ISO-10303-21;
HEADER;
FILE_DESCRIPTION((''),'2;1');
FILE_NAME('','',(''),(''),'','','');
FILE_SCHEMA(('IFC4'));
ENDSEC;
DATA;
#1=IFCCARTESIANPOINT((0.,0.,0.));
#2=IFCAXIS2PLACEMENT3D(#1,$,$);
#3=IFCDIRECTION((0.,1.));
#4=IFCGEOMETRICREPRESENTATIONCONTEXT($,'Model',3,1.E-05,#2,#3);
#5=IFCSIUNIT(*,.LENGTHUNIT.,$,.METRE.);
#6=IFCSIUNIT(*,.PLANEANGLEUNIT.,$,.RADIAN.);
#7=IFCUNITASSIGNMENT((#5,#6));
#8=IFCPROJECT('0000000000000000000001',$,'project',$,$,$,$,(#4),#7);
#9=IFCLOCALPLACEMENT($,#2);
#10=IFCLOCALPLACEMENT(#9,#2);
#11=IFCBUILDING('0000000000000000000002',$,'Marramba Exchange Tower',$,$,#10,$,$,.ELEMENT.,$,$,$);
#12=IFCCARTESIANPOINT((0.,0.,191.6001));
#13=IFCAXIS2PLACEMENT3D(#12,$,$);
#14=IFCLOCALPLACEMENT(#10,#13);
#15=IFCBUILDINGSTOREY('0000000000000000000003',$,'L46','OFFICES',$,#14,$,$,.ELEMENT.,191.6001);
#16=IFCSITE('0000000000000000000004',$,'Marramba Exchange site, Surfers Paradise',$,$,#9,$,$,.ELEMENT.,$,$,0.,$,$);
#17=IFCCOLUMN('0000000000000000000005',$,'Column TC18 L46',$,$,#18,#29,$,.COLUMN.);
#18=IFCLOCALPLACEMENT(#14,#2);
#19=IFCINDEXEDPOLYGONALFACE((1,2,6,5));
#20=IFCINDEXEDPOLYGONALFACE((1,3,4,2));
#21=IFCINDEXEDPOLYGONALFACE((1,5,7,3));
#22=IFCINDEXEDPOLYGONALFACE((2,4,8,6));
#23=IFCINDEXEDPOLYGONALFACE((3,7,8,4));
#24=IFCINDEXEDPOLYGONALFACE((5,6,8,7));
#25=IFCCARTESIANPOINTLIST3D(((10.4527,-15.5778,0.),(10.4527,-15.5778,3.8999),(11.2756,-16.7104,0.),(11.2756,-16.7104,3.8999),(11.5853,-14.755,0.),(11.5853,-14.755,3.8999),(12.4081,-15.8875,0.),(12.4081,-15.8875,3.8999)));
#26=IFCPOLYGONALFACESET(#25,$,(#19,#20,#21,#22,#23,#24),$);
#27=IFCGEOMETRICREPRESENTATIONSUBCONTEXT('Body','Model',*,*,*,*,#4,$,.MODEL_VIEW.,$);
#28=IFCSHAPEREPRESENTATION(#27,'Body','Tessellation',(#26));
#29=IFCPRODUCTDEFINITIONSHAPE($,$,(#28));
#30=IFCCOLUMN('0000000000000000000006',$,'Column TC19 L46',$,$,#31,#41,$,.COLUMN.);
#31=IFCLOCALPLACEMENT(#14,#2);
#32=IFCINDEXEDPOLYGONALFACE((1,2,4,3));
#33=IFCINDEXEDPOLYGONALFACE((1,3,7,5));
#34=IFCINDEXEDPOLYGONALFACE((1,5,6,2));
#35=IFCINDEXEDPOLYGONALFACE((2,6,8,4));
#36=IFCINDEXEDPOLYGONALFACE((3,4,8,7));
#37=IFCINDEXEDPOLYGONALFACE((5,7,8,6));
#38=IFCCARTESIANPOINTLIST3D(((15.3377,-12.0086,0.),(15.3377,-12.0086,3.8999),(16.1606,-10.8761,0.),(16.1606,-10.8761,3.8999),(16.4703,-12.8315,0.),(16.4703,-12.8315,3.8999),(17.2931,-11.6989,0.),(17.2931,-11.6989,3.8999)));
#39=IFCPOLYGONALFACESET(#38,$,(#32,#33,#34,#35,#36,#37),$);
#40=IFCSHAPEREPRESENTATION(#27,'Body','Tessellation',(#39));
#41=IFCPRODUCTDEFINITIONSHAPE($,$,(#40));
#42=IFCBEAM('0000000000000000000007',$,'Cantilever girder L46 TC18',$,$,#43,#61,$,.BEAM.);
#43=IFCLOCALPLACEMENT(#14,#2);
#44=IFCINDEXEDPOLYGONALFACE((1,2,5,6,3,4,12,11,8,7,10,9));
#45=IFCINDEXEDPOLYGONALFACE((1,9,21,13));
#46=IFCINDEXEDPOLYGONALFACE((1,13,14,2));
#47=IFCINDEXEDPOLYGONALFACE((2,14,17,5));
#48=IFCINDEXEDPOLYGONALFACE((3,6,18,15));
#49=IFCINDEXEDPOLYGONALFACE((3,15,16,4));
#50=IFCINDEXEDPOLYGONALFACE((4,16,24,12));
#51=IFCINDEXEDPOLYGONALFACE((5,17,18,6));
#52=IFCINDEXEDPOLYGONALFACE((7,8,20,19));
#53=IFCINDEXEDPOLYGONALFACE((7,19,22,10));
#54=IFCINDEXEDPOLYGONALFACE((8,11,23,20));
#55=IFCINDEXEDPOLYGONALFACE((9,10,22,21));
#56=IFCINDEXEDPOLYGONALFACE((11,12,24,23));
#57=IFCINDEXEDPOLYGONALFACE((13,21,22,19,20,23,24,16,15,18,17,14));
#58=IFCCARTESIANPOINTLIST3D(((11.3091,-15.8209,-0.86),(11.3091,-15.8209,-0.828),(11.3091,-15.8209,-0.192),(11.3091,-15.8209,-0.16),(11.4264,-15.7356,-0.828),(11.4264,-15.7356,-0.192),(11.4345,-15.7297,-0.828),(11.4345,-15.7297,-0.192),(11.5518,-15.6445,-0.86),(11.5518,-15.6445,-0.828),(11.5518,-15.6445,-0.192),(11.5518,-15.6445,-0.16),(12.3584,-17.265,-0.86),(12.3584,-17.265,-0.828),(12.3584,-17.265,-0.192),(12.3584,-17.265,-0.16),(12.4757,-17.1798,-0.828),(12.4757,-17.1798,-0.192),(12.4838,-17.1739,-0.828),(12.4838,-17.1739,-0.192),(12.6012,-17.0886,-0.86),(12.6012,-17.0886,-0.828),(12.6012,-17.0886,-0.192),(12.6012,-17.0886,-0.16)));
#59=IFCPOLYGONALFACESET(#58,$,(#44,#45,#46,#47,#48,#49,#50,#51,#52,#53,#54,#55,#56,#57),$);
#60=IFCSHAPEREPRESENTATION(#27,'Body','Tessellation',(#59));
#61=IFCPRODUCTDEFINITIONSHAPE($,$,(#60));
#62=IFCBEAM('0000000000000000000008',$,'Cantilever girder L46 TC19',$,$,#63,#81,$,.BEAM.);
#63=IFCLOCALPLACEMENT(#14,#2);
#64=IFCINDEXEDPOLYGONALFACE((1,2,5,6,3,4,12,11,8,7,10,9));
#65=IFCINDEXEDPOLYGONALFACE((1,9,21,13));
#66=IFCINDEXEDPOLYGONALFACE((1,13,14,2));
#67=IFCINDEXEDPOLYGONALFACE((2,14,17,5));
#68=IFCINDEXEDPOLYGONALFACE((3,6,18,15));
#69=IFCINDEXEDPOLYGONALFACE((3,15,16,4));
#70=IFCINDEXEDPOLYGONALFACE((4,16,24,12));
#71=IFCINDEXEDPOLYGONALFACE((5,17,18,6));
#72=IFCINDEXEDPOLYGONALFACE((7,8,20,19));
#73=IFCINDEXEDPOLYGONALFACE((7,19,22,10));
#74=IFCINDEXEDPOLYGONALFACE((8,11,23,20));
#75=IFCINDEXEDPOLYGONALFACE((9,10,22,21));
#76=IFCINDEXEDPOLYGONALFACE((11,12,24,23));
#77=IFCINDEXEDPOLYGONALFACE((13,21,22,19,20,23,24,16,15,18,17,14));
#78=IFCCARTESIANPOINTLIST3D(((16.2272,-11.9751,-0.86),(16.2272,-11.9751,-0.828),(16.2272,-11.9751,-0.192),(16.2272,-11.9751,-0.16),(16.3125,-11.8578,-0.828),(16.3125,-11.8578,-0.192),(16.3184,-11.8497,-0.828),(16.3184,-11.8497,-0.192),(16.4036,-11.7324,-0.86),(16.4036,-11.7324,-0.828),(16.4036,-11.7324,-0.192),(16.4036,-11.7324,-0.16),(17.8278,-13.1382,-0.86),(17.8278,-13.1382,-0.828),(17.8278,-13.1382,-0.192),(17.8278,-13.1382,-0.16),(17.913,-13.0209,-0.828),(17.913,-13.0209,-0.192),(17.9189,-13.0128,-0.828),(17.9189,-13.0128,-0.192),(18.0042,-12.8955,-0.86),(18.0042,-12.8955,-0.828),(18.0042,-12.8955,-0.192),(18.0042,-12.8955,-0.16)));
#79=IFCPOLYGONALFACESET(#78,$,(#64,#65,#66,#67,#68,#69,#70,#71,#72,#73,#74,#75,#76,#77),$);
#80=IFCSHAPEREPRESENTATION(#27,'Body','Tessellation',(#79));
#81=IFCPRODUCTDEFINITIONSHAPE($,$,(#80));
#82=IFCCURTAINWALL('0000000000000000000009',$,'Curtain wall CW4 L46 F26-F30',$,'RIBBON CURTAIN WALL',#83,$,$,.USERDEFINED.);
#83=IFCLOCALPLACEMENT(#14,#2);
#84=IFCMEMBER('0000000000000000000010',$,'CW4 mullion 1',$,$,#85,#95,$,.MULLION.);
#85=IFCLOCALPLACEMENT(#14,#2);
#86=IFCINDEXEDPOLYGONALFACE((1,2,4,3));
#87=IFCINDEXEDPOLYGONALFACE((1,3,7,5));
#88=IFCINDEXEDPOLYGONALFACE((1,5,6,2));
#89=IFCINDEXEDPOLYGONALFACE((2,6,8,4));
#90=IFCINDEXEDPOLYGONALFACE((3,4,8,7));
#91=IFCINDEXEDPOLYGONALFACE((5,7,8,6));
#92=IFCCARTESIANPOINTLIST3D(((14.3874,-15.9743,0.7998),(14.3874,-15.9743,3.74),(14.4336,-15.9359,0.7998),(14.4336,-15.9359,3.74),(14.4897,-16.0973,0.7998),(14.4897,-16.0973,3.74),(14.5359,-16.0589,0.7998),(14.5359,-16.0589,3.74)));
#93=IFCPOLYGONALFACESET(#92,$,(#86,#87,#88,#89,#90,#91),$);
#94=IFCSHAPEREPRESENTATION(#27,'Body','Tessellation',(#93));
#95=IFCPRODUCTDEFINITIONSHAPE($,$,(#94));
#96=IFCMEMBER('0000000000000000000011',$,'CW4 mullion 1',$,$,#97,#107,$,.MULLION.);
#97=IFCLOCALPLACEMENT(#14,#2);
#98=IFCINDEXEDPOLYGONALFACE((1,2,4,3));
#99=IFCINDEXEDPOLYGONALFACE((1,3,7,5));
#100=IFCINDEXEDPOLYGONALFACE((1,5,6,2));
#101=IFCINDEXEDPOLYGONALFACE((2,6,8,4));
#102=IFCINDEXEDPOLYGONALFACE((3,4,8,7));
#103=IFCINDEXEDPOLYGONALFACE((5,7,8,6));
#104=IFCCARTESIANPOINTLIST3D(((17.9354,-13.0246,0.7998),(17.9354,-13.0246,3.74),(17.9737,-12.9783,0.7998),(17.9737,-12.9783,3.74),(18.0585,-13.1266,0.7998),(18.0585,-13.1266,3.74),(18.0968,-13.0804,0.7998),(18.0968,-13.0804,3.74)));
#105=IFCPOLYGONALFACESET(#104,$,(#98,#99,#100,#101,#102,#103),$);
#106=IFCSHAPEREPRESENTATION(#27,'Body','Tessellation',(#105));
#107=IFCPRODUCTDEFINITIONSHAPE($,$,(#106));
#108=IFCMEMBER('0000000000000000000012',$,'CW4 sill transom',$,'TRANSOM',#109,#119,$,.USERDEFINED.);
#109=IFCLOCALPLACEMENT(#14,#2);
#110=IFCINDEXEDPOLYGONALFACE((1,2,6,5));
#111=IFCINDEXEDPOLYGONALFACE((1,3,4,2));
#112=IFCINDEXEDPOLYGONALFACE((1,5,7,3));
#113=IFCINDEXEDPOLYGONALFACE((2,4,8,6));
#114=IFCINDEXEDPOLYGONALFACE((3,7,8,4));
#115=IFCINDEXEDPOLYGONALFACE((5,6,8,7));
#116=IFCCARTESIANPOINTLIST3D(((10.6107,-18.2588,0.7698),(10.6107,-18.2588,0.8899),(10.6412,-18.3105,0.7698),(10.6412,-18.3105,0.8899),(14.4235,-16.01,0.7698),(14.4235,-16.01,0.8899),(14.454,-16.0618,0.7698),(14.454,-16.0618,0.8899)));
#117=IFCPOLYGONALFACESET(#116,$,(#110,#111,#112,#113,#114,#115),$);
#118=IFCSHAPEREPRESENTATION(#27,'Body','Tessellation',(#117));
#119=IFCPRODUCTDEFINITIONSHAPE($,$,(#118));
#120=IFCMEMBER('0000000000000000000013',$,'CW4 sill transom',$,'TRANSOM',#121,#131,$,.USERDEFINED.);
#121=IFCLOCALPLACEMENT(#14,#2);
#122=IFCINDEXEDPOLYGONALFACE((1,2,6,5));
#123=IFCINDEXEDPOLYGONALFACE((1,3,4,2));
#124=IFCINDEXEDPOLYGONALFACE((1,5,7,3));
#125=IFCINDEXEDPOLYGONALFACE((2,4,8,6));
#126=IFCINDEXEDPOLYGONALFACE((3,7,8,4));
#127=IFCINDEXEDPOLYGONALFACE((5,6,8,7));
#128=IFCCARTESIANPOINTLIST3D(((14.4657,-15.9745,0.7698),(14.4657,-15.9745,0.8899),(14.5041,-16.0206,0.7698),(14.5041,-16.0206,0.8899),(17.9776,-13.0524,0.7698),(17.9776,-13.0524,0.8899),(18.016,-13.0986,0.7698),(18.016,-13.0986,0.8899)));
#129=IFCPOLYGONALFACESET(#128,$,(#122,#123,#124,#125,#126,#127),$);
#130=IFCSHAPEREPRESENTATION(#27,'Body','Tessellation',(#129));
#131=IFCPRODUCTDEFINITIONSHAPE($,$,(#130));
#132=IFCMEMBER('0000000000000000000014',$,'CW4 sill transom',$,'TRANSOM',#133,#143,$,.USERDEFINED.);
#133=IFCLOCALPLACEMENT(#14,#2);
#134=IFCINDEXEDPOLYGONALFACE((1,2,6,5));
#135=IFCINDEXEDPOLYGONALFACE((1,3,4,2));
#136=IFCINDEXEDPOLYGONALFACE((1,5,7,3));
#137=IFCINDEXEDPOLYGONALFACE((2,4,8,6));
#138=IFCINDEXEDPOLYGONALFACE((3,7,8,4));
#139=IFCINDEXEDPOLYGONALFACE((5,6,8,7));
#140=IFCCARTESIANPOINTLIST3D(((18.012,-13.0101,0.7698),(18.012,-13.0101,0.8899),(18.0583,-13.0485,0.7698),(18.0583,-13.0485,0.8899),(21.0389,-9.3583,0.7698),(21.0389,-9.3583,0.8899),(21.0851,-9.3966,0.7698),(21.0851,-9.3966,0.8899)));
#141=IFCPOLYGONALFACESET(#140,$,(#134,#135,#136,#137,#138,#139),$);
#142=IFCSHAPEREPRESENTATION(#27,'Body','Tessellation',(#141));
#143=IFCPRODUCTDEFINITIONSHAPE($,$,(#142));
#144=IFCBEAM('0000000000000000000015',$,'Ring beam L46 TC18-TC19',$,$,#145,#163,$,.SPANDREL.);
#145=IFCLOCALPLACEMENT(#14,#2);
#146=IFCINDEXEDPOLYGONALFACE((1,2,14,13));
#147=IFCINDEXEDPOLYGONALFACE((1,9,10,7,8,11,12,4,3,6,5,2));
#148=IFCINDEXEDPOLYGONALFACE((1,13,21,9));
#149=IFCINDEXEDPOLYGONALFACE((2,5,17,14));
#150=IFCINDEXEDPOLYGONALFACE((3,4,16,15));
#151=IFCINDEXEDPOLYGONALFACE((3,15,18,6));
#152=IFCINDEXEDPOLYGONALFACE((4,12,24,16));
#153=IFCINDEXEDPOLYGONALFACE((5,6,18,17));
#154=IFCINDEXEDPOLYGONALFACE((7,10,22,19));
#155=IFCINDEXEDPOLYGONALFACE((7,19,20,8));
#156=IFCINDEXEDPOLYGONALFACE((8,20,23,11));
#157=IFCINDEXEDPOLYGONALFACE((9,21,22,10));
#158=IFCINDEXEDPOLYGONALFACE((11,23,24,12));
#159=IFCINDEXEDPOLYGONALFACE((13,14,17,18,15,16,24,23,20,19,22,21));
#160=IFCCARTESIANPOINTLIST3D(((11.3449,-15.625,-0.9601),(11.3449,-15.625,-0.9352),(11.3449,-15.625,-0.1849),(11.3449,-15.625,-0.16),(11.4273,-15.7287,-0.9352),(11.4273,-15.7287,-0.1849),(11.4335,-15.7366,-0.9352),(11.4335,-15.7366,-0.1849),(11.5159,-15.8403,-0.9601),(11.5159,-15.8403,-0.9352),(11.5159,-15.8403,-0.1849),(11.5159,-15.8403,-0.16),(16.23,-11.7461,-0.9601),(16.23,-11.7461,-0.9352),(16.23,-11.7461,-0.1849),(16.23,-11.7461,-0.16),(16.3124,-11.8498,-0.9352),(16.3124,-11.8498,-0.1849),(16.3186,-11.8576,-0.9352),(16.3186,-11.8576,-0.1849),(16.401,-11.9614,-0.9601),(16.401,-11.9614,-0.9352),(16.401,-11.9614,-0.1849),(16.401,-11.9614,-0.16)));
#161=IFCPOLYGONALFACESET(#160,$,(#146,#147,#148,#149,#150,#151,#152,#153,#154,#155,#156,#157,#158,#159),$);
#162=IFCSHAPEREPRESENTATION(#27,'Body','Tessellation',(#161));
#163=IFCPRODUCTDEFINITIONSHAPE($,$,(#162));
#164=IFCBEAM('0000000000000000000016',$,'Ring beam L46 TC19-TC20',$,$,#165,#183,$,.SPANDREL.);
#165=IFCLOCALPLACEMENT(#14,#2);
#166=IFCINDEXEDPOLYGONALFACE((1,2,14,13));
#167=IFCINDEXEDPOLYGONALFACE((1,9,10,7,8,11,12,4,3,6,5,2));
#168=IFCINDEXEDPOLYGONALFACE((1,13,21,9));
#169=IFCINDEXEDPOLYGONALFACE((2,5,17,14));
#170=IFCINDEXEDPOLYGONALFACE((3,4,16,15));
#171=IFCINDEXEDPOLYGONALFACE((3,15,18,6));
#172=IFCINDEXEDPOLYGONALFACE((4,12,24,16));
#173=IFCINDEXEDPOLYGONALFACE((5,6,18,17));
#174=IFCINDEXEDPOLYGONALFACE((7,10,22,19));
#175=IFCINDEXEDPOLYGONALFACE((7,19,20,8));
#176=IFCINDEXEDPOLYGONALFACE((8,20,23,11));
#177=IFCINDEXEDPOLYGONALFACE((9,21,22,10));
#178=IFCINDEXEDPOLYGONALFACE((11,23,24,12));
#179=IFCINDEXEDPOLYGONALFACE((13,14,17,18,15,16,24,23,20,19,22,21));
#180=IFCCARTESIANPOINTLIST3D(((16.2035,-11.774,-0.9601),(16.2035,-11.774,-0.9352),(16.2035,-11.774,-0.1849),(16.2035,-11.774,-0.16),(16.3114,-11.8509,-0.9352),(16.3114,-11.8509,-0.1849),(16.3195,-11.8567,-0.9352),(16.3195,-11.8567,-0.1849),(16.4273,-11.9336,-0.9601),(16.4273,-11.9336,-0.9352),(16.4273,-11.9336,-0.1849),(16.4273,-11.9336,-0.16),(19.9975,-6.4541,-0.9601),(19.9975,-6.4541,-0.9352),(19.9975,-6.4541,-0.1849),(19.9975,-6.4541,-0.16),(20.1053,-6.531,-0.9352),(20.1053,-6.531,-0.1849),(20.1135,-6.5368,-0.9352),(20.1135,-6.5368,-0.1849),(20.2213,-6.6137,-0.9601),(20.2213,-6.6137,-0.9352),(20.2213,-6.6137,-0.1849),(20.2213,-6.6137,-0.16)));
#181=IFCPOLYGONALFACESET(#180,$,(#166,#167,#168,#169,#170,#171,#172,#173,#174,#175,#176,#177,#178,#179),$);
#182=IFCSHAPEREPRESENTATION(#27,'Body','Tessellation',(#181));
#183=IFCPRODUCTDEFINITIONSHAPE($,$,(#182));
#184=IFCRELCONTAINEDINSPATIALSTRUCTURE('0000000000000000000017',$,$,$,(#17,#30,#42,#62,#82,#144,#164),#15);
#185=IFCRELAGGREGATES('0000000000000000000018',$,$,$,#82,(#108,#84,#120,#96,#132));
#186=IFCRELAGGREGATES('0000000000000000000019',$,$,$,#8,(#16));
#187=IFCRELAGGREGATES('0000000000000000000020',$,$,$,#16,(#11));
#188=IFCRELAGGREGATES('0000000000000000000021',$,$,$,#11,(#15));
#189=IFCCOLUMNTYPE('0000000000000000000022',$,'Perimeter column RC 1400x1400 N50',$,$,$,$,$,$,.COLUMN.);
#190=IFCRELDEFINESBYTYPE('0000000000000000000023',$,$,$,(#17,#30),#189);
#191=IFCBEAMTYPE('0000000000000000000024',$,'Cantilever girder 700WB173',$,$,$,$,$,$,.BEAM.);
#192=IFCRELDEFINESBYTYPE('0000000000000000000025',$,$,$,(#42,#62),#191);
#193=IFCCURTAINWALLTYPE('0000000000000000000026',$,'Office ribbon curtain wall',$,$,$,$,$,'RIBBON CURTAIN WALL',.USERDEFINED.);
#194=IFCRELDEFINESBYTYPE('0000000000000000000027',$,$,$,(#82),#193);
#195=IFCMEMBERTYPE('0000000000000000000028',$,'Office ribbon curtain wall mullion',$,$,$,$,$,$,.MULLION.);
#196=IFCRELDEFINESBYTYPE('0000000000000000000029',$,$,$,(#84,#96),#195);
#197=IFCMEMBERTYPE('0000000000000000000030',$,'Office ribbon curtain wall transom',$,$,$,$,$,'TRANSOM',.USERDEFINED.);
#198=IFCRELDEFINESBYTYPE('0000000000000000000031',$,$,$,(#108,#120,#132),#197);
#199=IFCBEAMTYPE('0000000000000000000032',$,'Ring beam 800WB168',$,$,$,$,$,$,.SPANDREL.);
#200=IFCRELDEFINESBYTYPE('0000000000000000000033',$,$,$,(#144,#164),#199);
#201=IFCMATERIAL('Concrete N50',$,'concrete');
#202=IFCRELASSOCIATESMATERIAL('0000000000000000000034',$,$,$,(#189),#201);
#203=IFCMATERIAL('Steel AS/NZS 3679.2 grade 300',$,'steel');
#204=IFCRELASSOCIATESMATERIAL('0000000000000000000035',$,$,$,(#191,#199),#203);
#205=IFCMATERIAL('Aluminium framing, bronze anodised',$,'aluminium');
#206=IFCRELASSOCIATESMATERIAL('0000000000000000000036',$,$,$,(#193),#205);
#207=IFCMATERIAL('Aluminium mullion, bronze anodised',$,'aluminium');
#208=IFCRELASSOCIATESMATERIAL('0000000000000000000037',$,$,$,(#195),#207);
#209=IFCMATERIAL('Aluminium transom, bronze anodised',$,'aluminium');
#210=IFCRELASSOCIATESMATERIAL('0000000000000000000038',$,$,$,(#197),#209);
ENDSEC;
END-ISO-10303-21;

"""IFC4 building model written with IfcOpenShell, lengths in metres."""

from ifc_helpers import new_model, si_unit, direction, frame, origin, origin_2d, place, context, subcontext, project, spatial, rectangle, i_section, extrude, material, material_profile, profile_set, type_object, element, aggregate, save


model = new_model("IFC4")

# Units and contexts
model_context = context("Model", 3, precision=1e-05, world=origin(), true_north=direction((0.0, 1.0)))
body_context = subcontext(model_context, "Body", "Model", "MODEL_VIEW")
ifc_project = project(units=[si_unit("LENGTHUNIT", "METRE"), si_unit("PLANEANGLEUNIT", "RADIAN")], contexts=[model_context])

# Site, building, storey
site_placement = place(None, origin())
site = spatial("IfcSite", under=ifc_project, at=site_placement, Name="Marramba Exchange site, Surfers Paradise", CompositionType="ELEMENT", RefElevation=0.0)
building_placement = place(site_placement, origin())
building = spatial("IfcBuilding", under=site, at=building_placement, Name="Marramba Exchange Tower", CompositionType="ELEMENT")
storey_placement = place(building_placement, frame((0.0, 0.0, 191.6001)))
storey = spatial("IfcBuildingStorey", under=building, at=storey_placement, Name="L46", Description="OFFICES", CompositionType="ELEMENT", Elevation=191.6001)

# Columns
ifc_material_1 = material(Name="Concrete N50", Category="concrete")
ifc_material_profile_1 = material_profile(ifc_material_1, rectangle(XDim=1.3999, YDim=1.3999, at=origin_2d()), Name="RC 1400x1400")
ifc_profile_set_1 = profile_set([ifc_material_profile_1], Name="Concrete N50")
column_type = type_object("IfcColumnType", Name="Perimeter column RC 1400x1400 N50", PredefinedType="COLUMN", material=ifc_profile_set_1)
for number, where, z_axis, x_axis, name in (
    (1, (11.4304, -15.7327, 0.0), (0.0, 0.0, 1.0), (0.587785, -0.809017, 0.0), "Column TC18 L46"),
    (2, (16.3154, -11.8538, 0.0), (0.0, 0.0, 1.0), (0.809017, -0.587785, 0.0), "Column TC19 L46"),
):
    element("IfcColumn", number, at=place(storey_placement, frame(where, z_axis=z_axis, x_axis=x_axis)), inside=storey, type_object=column_type, Name=name, PredefinedType="COLUMN", context=body_context, shape_type="SweptSolid", body=[
        extrude(rectangle(XDim=1.3999, YDim=1.3999, at=origin_2d()), origin(), (0.0, 0.0, 1.0), 3.8999),
    ])

# Beams
ifc_material_2 = material(Name="Steel AS/NZS 3679.2 grade 300", Category="steel")
ifc_material_profile_2 = material_profile(ifc_material_2, i_section(OverallWidth=0.3, OverallDepth=0.7, WebThickness=0.01, FlangeThickness=0.032, at=origin_2d()), Name="700WB173")
ifc_profile_set_2 = profile_set([ifc_material_profile_2], Name="Steel AS/NZS 3679.2 grade 300")
beam_type_1 = type_object("IfcBeamType", Name="Cantilever girder 700WB173", PredefinedType="BEAM", material=ifc_profile_set_2)
beam_1_placement = place(storey_placement, frame((11.4304, -15.7327, -0.51), z_axis=(0.58783, -0.808984, 0.0), x_axis=(0.808984, 0.58783, 0.0)))
element("IfcBeam", 3, at=beam_1_placement, inside=storey, type_object=beam_type_1, Name="Cantilever girder L46 TC18", PredefinedType="BEAM", context=body_context, shape_type="SweptSolid", body=[
    extrude(i_section(OverallWidth=0.3, OverallDepth=0.7, WebThickness=0.01, FlangeThickness=0.032, at=origin_2d()), origin(), (0.0, 0.0, 1.0), 1.7852),
])
beam_2_placement = place(storey_placement, frame((16.3154, -11.8538, -0.51), z_axis=(0.808971, -0.587849, 0.0), x_axis=(0.587849, 0.808971, 0.0)))
element("IfcBeam", 4, at=beam_2_placement, inside=storey, type_object=beam_type_1, Name="Cantilever girder L46 TC19", PredefinedType="BEAM", context=body_context, shape_type="SweptSolid", body=[
    extrude(i_section(OverallWidth=0.3, OverallDepth=0.7, WebThickness=0.01, FlangeThickness=0.032, at=origin_2d()), origin(), (0.0, 0.0, 1.0), 1.9785),
])

# Curtain wall, members
ifc_material_3 = material(Name="Aluminium framing, bronze anodised", Category="aluminium")
curtain_wall_type = type_object("IfcCurtainWallType", Name="Office ribbon curtain wall", ElementType="RIBBON CURTAIN WALL", PredefinedType="USERDEFINED", material=ifc_material_3)
curtain_wall_placement = place(storey_placement, origin())
curtain_wall = element("IfcCurtainWall", 5, at=curtain_wall_placement, inside=storey, type_object=curtain_wall_type, Name="Curtain wall CW4 L46 F26-F30", ObjectType="RIBBON CURTAIN WALL", PredefinedType="USERDEFINED")
ifc_material_4 = material(Name="Aluminium mullion, bronze anodised", Category="aluminium")
ifc_material_profile_3 = material_profile(ifc_material_4, rectangle(XDim=0.1599, YDim=0.0601, at=origin_2d()), Name="CW4 mullion 60x160")
ifc_profile_set_3 = profile_set([ifc_material_profile_3], Name="Aluminium mullion, bronze anodised")
member_type_1 = type_object("IfcMemberType", Name="Office ribbon curtain wall mullion", PredefinedType="MULLION", material=ifc_profile_set_3)
member_1_placement = place(storey_placement, frame((14.4617, -16.0166, 0.7998), z_axis=(0.0, 0.0, 1.0), x_axis=(-0.639565, 0.768737, 0.0)))
member_1 = element("IfcMember", 6, at=member_1_placement, type_object=member_type_1, Name="CW4 mullion 1", PredefinedType="MULLION", context=body_context, shape_type="SweptSolid", body=[
    extrude(rectangle(XDim=0.1599, YDim=0.0601, at=origin_2d()), origin(), (0.0, 0.0, 1.0), 2.9402),
])
member_2_placement = place(storey_placement, frame((18.0161, -13.0525, 0.7998), z_axis=(0.0, 0.0, 1.0), x_axis=(-0.769912, 0.63815, 0.0)))
member_2 = element("IfcMember", 7, at=member_2_placement, type_object=member_type_1, Name="CW4 mullion 1", PredefinedType="MULLION", context=body_context, shape_type="SweptSolid", body=[
    extrude(rectangle(XDim=0.1599, YDim=0.0601, at=origin_2d()), origin(), (0.0, 0.0, 1.0), 2.9402),
])
ifc_material_5 = material(Name="Aluminium transom, bronze anodised", Category="aluminium")
ifc_material_profile_4 = material_profile(ifc_material_5, rectangle(XDim=0.0601, YDim=0.1201, at=origin_2d()), Name="CW4 transom 60x120")
ifc_profile_set_4 = profile_set([ifc_material_profile_4], Name="Aluminium transom, bronze anodised")
member_type_2 = type_object("IfcMemberType", Name="Office ribbon curtain wall transom", ElementType="TRANSOM", PredefinedType="USERDEFINED", material=ifc_profile_set_4)
member_3_placement = place(storey_placement, frame((10.626, -18.2847, 0.8298), z_axis=(0.861342, 0.508025, 0.0), x_axis=(-0.508025, 0.861342, 0.0)))
member_3 = element("IfcMember", 8, at=member_3_placement, type_object=member_type_2, Name="CW4 sill transom", ObjectType="TRANSOM", PredefinedType="USERDEFINED", context=body_context, shape_type="SweptSolid", body=[
    extrude(rectangle(XDim=0.0601, YDim=0.1201, at=origin_2d()), origin(), (0.0, 0.0, 1.0), 4.4265),
])
member_4_placement = place(storey_placement, frame((14.4849, -15.9976, 0.8298), z_axis=(0.768707, 0.639601, 0.0), x_axis=(-0.639601, 0.768707, 0.0)))
member_4 = element("IfcMember", 9, at=member_4_placement, type_object=member_type_2, Name="CW4 sill transom", ObjectType="TRANSOM", PredefinedType="USERDEFINED", context=body_context, shape_type="SweptSolid", body=[
    extrude(rectangle(XDim=0.0601, YDim=0.1201, at=origin_2d()), origin(), (0.0, 0.0, 1.0), 4.5686),
])
member_5_placement = place(storey_placement, frame((18.0352, -13.0293, 0.8298), z_axis=(0.638147, 0.769915, 0.0), x_axis=(-0.769915, 0.638147, 0.0)))
member_5 = element("IfcMember", 10, at=member_5_placement, type_object=member_type_2, Name="CW4 sill transom", ObjectType="TRANSOM", PredefinedType="USERDEFINED", context=body_context, shape_type="SweptSolid", body=[
    extrude(rectangle(XDim=0.0601, YDim=0.1201, at=origin_2d()), origin(), (0.0, 0.0, 1.0), 4.7432),
])

# Beams
ifc_material_profile_5 = material_profile(ifc_material_2, i_section(OverallWidth=0.2749, OverallDepth=0.8, WebThickness=0.01, FlangeThickness=0.0249, at=origin_2d()), Name="800WB168")
ifc_profile_set_5 = profile_set([ifc_material_profile_5], Name="Steel AS/NZS 3679.2 grade 300")
beam_type_2 = type_object("IfcBeamType", Name="Ring beam 800WB168", PredefinedType="SPANDREL", material=ifc_profile_set_5)
beam_3_placement = place(storey_placement, frame((11.4304, -15.7327, -0.5601), z_axis=(0.783139, 0.621846, 0.0), x_axis=(-0.621846, 0.783139, 0.0)))
element("IfcBeam", 11, at=beam_3_placement, inside=storey, type_object=beam_type_2, Name="Ring beam L46 TC18-TC19", PredefinedType="SPANDREL", context=body_context, shape_type="SweptSolid", body=[
    extrude(i_section(OverallWidth=0.2749, OverallDepth=0.8, WebThickness=0.01, FlangeThickness=0.0249, at=origin_2d()), origin(), (0.0, 0.0, 1.0), 6.2378),
])
beam_4_placement = place(storey_placement, frame((16.3154, -11.8538, -0.5601), z_axis=(0.580637, 0.814162, 0.0), x_axis=(-0.814162, 0.580637, 0.0)))
element("IfcBeam", 12, at=beam_4_placement, inside=storey, type_object=beam_type_2, Name="Ring beam L46 TC19-TC20", PredefinedType="SPANDREL", context=body_context, shape_type="SweptSolid", body=[
    extrude(i_section(OverallWidth=0.2749, OverallDepth=0.8, WebThickness=0.01, FlangeThickness=0.0249, at=origin_2d()), origin(), (0.0, 0.0, 1.0), 6.5342),
])

aggregate(curtain_wall, [member_3, member_1, member_4, member_2, member_5])

save(model, "model.ifc")
